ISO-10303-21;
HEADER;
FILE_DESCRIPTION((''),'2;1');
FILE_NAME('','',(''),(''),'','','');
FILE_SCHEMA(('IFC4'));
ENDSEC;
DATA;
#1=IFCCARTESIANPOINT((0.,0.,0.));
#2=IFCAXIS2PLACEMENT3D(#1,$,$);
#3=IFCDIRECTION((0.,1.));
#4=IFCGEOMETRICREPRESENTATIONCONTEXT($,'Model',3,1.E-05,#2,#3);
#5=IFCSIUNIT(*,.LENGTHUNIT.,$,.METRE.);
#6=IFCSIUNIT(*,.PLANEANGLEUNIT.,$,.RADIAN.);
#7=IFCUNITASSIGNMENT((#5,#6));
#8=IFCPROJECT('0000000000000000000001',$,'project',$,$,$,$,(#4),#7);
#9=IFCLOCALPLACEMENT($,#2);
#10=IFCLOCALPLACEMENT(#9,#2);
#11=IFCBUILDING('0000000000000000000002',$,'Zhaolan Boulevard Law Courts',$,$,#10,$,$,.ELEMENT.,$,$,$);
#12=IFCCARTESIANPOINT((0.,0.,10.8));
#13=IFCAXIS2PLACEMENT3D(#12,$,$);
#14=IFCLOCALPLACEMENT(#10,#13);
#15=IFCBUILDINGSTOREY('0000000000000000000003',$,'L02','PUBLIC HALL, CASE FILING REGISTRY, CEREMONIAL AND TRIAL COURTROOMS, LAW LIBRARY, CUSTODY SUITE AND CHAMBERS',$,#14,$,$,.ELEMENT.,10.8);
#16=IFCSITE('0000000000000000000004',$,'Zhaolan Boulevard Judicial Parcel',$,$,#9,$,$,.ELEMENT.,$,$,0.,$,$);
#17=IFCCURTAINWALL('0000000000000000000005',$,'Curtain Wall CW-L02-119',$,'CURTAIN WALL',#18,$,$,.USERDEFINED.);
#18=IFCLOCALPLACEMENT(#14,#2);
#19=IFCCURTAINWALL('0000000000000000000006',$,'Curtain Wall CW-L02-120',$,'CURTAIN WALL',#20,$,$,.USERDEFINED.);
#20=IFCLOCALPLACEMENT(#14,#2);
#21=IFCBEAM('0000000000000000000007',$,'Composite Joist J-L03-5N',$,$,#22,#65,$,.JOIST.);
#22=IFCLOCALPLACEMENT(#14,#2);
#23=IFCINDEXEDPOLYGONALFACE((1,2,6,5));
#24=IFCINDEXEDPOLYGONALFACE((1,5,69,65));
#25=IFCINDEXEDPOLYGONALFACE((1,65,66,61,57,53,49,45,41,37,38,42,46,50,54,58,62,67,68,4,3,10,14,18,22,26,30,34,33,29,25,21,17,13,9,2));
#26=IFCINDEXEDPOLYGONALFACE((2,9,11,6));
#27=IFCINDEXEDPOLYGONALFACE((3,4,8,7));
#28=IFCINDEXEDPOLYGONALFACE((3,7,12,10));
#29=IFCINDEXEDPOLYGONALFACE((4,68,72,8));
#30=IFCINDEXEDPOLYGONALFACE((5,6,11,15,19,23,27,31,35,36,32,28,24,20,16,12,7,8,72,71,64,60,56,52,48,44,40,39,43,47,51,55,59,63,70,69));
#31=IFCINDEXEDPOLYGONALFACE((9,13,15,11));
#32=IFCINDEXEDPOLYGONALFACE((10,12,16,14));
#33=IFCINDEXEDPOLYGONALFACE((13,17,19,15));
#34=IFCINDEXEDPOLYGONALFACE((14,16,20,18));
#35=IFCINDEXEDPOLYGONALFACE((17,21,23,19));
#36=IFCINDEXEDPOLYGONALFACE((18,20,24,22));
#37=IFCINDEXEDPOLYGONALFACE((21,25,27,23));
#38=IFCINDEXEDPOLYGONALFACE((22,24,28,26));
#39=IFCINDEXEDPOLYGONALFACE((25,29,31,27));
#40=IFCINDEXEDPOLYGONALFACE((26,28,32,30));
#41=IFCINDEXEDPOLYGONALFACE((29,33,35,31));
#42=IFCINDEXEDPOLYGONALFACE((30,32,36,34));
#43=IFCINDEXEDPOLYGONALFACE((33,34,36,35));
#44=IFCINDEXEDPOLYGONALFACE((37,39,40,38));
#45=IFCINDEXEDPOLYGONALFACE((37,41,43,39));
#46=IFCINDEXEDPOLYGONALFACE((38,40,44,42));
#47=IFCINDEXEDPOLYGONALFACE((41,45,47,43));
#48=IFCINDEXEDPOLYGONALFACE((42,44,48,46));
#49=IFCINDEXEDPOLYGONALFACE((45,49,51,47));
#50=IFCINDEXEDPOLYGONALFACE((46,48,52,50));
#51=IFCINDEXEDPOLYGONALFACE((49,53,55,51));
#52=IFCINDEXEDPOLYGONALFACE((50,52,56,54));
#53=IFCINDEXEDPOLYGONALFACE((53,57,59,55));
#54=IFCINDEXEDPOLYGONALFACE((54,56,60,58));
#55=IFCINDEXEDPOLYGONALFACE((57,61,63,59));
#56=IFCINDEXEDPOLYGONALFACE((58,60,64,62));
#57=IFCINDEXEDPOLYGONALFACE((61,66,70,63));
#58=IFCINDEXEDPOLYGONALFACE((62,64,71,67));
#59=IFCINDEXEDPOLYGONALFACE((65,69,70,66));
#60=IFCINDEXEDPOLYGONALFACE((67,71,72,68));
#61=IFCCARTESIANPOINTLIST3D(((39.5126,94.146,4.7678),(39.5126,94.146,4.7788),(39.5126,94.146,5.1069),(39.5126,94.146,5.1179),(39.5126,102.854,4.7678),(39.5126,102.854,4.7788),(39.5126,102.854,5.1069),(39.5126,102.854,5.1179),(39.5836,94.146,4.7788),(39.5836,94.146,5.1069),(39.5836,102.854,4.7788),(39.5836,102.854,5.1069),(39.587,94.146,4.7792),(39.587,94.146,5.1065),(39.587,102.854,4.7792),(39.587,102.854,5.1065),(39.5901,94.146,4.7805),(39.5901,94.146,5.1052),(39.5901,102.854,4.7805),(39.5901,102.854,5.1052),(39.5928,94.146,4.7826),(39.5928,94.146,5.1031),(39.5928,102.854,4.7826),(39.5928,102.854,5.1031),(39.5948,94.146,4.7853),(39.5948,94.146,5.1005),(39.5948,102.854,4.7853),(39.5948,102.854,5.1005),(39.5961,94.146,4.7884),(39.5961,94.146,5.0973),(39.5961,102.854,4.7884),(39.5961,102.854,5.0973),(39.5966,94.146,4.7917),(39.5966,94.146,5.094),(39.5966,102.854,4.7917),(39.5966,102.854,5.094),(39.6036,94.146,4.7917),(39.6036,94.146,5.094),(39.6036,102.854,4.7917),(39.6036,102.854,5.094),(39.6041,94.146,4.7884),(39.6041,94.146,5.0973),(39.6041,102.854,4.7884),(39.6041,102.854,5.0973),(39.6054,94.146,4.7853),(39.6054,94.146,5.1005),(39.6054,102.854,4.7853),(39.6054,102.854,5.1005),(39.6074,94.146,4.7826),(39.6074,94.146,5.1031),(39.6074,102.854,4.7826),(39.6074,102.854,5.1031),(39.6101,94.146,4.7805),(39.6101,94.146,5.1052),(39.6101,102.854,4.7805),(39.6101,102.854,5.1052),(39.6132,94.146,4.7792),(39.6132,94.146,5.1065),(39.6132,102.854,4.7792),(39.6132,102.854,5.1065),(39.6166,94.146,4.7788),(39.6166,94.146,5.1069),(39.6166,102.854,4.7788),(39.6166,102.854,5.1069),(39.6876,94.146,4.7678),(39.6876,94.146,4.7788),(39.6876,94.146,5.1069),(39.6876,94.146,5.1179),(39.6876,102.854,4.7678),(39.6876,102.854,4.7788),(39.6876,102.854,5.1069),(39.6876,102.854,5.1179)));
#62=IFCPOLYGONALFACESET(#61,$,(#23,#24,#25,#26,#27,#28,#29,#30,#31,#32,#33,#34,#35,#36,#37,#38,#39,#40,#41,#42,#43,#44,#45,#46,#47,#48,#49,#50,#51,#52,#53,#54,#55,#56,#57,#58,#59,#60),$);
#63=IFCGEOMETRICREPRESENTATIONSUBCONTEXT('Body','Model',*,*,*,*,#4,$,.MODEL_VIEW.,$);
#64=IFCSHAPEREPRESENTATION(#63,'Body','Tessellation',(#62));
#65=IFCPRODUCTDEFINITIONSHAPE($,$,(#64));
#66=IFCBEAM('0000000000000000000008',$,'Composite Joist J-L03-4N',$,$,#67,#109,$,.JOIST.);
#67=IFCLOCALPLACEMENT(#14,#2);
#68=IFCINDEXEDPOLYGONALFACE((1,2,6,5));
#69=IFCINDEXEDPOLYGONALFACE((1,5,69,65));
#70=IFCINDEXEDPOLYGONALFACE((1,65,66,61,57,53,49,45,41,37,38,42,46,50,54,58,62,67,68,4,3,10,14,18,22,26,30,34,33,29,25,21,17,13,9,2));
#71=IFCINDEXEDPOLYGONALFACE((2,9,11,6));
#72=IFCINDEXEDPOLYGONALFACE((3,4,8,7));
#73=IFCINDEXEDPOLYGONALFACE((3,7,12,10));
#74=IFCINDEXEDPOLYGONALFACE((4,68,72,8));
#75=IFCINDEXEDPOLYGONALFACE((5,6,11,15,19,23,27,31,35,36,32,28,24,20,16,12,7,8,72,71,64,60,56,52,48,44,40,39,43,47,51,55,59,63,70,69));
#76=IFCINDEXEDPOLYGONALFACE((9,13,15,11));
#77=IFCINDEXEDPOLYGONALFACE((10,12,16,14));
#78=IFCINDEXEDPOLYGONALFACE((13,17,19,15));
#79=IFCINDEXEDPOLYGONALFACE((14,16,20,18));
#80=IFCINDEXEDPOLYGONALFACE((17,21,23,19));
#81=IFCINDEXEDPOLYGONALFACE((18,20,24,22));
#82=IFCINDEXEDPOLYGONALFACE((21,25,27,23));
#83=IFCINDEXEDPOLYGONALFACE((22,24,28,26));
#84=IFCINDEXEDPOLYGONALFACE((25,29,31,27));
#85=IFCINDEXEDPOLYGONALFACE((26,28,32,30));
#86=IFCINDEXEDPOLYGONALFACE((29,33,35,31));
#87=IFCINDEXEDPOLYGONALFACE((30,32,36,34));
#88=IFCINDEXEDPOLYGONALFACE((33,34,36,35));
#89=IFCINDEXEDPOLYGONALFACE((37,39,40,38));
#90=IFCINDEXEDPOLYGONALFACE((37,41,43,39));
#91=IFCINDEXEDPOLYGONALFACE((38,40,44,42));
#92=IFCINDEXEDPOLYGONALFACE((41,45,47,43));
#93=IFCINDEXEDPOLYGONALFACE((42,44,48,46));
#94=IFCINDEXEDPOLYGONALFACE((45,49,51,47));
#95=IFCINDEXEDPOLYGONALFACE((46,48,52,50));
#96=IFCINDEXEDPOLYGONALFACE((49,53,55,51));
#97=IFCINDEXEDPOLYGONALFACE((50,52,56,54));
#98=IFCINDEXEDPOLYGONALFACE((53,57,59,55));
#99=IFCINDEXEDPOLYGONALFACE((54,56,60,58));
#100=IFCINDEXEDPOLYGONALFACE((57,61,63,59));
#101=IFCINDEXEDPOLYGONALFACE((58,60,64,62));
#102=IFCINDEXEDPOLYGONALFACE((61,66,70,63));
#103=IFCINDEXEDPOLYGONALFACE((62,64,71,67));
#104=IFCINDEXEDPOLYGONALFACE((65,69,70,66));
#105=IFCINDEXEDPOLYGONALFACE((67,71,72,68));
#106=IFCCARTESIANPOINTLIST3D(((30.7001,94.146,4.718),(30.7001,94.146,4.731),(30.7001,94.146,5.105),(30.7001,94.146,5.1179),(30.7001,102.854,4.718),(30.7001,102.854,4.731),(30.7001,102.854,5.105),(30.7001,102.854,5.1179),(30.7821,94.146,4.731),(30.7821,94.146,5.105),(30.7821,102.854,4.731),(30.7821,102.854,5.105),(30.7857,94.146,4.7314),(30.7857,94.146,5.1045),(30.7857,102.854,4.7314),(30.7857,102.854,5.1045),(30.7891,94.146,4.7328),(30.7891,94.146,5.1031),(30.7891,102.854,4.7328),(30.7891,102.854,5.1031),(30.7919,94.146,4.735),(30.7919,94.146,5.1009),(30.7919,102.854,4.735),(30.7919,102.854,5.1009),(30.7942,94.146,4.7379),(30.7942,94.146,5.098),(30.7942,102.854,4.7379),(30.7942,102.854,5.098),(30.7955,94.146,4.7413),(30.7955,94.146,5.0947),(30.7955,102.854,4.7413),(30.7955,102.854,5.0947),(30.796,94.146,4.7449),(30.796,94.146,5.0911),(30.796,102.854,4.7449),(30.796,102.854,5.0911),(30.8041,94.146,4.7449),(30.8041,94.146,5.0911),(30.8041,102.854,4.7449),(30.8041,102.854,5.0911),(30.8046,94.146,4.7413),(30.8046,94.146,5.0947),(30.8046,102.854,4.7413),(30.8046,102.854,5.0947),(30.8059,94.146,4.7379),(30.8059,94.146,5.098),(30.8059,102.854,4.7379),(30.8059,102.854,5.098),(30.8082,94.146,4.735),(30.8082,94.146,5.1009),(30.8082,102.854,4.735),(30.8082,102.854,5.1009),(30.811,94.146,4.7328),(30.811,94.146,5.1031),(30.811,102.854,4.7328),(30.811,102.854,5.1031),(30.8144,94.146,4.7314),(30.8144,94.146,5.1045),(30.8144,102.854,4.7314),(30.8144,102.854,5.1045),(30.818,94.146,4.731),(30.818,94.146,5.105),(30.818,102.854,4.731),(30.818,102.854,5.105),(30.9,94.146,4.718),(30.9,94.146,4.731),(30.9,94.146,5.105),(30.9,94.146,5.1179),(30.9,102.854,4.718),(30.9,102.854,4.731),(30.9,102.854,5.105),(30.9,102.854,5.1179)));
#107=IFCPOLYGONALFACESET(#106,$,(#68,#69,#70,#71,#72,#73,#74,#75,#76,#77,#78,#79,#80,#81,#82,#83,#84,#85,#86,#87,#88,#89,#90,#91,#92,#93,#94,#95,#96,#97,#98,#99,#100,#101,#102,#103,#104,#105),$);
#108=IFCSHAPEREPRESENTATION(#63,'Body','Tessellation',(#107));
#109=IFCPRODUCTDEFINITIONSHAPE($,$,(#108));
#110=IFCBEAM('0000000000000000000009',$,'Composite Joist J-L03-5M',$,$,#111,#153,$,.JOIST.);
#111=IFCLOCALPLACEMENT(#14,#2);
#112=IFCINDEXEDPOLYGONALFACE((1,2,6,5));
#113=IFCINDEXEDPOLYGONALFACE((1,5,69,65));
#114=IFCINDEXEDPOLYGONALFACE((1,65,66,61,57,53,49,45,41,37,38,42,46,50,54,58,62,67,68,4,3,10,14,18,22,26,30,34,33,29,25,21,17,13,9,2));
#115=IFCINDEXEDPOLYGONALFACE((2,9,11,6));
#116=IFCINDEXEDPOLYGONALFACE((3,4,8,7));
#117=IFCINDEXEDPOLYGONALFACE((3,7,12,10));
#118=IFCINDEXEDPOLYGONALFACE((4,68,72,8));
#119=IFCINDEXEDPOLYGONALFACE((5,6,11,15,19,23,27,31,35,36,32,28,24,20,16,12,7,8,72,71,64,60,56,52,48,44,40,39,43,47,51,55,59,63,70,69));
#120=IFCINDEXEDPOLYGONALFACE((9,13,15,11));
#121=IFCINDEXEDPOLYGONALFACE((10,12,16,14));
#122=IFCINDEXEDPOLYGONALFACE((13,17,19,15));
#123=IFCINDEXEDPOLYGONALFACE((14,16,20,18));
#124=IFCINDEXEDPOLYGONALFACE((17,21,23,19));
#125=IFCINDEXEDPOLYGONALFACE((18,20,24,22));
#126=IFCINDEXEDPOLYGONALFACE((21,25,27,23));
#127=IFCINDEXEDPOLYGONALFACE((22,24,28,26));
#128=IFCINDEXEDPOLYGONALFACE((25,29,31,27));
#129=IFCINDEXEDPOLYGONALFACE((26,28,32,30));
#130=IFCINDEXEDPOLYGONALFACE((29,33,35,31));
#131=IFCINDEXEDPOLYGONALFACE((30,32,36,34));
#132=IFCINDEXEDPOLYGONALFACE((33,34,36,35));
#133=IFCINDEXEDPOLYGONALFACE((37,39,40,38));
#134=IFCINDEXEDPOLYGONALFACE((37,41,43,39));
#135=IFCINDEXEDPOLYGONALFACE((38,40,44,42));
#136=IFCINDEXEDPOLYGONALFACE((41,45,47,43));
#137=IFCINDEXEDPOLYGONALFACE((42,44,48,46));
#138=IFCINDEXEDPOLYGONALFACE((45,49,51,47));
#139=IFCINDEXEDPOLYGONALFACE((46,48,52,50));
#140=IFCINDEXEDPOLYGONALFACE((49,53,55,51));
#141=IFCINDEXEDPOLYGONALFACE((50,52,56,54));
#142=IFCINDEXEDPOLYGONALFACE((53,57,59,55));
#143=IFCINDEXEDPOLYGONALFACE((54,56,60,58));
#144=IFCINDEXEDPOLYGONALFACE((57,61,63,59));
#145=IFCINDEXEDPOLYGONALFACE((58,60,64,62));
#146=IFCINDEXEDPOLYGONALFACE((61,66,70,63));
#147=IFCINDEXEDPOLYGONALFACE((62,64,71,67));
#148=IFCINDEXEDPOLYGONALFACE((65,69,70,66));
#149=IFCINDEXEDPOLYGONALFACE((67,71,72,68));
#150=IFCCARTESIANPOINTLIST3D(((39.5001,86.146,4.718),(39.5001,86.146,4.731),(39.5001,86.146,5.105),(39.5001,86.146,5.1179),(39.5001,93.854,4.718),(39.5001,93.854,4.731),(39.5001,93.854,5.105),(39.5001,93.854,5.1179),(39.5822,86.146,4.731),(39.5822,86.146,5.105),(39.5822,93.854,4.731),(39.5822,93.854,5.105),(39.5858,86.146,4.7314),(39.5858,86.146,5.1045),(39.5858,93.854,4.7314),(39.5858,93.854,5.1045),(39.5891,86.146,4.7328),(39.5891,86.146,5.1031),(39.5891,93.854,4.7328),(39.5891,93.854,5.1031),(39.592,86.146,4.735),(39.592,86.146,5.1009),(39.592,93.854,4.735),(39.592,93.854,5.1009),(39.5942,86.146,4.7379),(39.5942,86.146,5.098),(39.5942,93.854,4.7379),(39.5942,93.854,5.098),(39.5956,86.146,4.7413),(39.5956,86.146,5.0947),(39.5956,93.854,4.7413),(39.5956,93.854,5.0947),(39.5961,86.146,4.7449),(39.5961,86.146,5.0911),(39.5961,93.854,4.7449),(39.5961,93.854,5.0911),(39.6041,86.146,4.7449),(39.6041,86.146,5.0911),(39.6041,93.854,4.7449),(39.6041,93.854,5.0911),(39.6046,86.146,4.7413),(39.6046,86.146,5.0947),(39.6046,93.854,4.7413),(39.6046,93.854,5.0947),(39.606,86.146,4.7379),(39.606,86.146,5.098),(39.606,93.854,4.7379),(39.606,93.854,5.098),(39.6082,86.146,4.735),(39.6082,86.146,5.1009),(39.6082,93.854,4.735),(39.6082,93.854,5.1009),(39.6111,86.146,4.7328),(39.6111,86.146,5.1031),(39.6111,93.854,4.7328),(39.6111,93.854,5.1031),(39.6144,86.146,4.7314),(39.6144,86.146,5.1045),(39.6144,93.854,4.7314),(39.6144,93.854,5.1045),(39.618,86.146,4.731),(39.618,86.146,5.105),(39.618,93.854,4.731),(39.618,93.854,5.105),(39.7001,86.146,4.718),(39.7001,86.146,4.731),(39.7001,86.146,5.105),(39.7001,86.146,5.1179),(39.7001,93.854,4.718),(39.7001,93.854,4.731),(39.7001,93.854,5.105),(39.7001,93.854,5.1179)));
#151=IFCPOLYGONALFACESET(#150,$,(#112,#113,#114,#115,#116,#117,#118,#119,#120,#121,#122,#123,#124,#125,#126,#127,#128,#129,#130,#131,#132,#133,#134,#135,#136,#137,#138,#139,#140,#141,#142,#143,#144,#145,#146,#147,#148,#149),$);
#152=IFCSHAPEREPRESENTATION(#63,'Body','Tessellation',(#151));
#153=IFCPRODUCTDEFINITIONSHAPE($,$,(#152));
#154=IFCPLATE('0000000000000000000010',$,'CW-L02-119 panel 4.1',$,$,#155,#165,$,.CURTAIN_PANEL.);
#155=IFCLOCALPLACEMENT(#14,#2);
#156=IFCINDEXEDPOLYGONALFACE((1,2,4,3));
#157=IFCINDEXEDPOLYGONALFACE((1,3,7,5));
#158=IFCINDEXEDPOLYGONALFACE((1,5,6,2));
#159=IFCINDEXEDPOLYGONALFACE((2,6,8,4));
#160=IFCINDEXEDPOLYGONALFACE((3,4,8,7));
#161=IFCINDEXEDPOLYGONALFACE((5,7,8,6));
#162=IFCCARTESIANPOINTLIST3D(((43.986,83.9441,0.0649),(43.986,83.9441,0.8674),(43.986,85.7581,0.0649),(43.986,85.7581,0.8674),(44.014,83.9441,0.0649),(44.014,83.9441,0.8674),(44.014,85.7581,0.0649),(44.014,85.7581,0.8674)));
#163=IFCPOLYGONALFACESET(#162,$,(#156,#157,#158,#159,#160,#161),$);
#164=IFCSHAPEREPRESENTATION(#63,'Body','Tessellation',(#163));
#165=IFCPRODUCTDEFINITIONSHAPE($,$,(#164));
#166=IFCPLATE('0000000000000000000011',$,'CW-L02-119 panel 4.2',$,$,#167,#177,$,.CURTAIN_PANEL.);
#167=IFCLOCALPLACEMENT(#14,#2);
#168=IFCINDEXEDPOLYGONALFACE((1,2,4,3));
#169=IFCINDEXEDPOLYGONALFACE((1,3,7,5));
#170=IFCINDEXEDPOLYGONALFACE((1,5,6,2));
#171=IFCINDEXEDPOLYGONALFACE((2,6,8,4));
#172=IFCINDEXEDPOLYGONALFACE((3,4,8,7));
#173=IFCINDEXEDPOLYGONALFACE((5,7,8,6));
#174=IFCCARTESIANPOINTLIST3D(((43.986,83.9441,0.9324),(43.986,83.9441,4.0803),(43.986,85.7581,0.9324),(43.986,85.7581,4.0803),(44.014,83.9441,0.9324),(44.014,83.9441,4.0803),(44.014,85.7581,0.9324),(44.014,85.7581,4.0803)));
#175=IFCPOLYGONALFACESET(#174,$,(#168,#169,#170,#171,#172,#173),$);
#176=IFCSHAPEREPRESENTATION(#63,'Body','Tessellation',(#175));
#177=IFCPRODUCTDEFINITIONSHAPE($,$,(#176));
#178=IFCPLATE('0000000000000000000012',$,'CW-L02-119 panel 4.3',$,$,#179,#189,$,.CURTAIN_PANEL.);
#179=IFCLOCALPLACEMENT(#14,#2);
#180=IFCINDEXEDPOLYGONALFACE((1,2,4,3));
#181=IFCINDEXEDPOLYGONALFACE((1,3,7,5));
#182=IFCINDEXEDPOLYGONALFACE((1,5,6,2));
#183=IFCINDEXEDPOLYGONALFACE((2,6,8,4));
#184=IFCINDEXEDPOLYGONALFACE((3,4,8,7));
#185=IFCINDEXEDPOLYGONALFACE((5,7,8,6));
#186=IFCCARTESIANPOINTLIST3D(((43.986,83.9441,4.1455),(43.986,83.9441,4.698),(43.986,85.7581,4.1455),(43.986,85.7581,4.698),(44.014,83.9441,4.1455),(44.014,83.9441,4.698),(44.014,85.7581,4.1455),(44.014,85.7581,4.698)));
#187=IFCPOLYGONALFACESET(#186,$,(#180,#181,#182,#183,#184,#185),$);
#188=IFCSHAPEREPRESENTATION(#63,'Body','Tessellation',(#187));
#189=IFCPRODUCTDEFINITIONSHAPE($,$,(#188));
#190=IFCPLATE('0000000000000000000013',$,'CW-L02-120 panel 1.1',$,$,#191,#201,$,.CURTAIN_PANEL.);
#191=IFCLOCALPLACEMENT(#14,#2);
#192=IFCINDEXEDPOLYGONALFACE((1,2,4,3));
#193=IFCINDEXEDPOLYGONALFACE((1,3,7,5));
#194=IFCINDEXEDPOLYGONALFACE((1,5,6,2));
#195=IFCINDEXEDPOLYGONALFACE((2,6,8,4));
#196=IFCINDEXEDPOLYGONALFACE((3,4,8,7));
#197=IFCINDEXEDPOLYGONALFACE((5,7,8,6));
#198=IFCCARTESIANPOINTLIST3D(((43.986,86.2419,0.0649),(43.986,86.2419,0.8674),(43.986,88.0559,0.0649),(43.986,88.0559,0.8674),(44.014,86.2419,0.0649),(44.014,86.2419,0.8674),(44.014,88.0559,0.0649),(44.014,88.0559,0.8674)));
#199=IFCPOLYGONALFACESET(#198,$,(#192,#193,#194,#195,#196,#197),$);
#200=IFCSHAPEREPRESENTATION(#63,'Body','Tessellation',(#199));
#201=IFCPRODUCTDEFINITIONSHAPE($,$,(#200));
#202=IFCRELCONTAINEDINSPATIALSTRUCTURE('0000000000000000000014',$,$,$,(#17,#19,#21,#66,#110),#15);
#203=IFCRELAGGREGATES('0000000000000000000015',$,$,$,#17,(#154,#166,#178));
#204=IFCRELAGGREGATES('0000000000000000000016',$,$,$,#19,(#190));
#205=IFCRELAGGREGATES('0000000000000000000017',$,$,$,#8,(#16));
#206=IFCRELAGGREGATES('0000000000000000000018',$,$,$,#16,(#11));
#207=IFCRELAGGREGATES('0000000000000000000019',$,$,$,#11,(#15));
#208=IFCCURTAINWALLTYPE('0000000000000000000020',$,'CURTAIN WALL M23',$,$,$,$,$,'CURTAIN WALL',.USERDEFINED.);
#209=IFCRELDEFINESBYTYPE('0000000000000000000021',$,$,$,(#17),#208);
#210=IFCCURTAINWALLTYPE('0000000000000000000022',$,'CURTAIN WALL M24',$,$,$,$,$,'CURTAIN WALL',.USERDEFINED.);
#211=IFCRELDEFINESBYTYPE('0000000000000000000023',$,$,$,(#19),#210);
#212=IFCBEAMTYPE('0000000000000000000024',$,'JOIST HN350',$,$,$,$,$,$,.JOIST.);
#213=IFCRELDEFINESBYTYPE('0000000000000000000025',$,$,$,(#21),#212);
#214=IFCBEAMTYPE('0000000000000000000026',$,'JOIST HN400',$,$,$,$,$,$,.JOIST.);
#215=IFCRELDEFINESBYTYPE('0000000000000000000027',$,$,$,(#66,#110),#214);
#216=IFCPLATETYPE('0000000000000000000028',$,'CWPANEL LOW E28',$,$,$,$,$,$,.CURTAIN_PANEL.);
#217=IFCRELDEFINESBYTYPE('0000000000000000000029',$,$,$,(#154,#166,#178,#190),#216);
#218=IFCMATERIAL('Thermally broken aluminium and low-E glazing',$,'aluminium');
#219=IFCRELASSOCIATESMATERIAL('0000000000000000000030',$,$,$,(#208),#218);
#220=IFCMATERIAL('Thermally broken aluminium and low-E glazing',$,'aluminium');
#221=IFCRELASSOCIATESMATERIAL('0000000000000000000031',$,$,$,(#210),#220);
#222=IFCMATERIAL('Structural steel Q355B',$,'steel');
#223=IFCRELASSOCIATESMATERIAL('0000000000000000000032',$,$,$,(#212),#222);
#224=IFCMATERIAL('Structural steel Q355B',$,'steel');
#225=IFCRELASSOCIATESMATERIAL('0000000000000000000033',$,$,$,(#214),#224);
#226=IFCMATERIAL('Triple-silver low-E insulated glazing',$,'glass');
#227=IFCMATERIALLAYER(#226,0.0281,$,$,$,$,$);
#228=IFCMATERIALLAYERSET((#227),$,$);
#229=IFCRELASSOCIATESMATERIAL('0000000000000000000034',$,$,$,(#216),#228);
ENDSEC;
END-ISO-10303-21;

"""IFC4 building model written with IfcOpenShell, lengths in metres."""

from ifc_helpers import new_model, si_unit, direction, frame, origin, origin_2d, place, context, subcontext, project, spatial, rectangle, i_section, extrude, material, layer, layer_set, material_profile, profile_set, type_object, element, aggregate, save


model = new_model("IFC4")

# Units and contexts
model_context = context("Model", 3, precision=1e-05, world=origin(), true_north=direction((0.0, 1.0)))
body_context = subcontext(model_context, "Body", "Model", "MODEL_VIEW")
ifc_project = project(units=[si_unit("LENGTHUNIT", "METRE"), si_unit("PLANEANGLEUNIT", "RADIAN")], contexts=[model_context])

# Site, building, storey
site_placement = place(None, origin())
site = spatial("IfcSite", under=ifc_project, at=site_placement, Name="Zhaolan Boulevard Judicial Parcel", CompositionType="ELEMENT", RefElevation=0.0)
building_placement = place(site_placement, origin())
building = spatial("IfcBuilding", under=site, at=building_placement, Name="Zhaolan Boulevard Law Courts", CompositionType="ELEMENT")
storey_placement = place(building_placement, frame((0.0, 0.0, 10.8)))
storey = spatial("IfcBuildingStorey", under=building, at=storey_placement, Name="L02", Description="PUBLIC HALL, CASE FILING REGISTRY, CEREMONIAL AND TRIAL COURTROOMS, LAW LIBRARY, CUSTODY SUITE AND CHAMBERS", CompositionType="ELEMENT", Elevation=10.8)

# Curtain wall
ifc_material_1 = material(Name="Thermally broken aluminium and low-E glazing", Category="aluminium")
curtain_wall_type_1 = type_object("IfcCurtainWallType", Name="CURTAIN WALL M23", ElementType="CURTAIN WALL", PredefinedType="USERDEFINED", material=ifc_material_1)
curtain_wall_1_placement = place(storey_placement, origin())
curtain_wall_1 = element("IfcCurtainWall", 1, at=curtain_wall_1_placement, inside=storey, type_object=curtain_wall_type_1, Name="Curtain Wall CW-L02-119", ObjectType="CURTAIN WALL", PredefinedType="USERDEFINED")

# Curtain wall
ifc_material_2 = material(Name="Thermally broken aluminium and low-E glazing", Category="aluminium")
curtain_wall_type_2 = type_object("IfcCurtainWallType", Name="CURTAIN WALL M24", ElementType="CURTAIN WALL", PredefinedType="USERDEFINED", material=ifc_material_2)
curtain_wall_2_placement = place(storey_placement, origin())
curtain_wall_2 = element("IfcCurtainWall", 2, at=curtain_wall_2_placement, inside=storey, type_object=curtain_wall_type_2, Name="Curtain Wall CW-L02-120", ObjectType="CURTAIN WALL", PredefinedType="USERDEFINED")

# Beams
ifc_material_3 = material(Name="Structural steel Q355B", Category="steel")
ifc_material_profile_1 = material_profile(ifc_material_3, i_section(OverallWidth=0.175, OverallDepth=0.3501, WebThickness=0.0071, FlangeThickness=0.011, FilletRadius=0.0129, at=origin_2d()), Name="HN350x175")
ifc_profile_set_1 = profile_set([ifc_material_profile_1], Name="Structural steel Q355B")
beam_type_1 = type_object("IfcBeamType", Name="JOIST HN350", PredefinedType="JOIST", material=ifc_profile_set_1)
beam_1_placement = place(storey_placement, frame((39.6001, 94.146, 4.9429), z_axis=(0.0, 1.0, 0.0), x_axis=(-1.0, 0.0, 0.0)))
element("IfcBeam", 3, at=beam_1_placement, inside=storey, type_object=beam_type_1, Name="Composite Joist J-L03-5N", PredefinedType="JOIST", context=body_context, shape_type="SweptSolid", body=[
    extrude(i_section(OverallWidth=0.175, OverallDepth=0.3501, WebThickness=0.0071, FlangeThickness=0.011, FilletRadius=0.0129, at=origin_2d()), origin(), (0.0, 0.0, 1.0), 8.708),
])
ifc_material_4 = material(Name="Structural steel Q355B", Category="steel")
ifc_material_profile_2 = material_profile(ifc_material_4, i_section(OverallWidth=0.2, OverallDepth=0.3999, WebThickness=0.0081, FlangeThickness=0.0129, FilletRadius=0.0139, at=origin_2d()), Name="HN400x200")
ifc_profile_set_2 = profile_set([ifc_material_profile_2], Name="Structural steel Q355B")
beam_type_2 = type_object("IfcBeamType", Name="JOIST HN400", PredefinedType="JOIST", material=ifc_profile_set_2)
beam_2_placement = place(storey_placement, frame((30.8, 94.146, 4.918), z_axis=(0.0, 1.0, 0.0), x_axis=(-1.0, 0.0, 0.0)))
element("IfcBeam", 4, at=beam_2_placement, inside=storey, type_object=beam_type_2, Name="Composite Joist J-L03-4N", PredefinedType="JOIST", context=body_context, shape_type="SweptSolid", body=[
    extrude(i_section(OverallWidth=0.2, OverallDepth=0.3999, WebThickness=0.0081, FlangeThickness=0.0129, FilletRadius=0.0139, at=origin_2d()), origin(), (0.0, 0.0, 1.0), 8.708),
])
beam_3_placement = place(storey_placement, frame((39.6001, 86.146, 4.918), z_axis=(0.0, 1.0, 0.0), x_axis=(-1.0, 0.0, 0.0)))
element("IfcBeam", 5, at=beam_3_placement, inside=storey, type_object=beam_type_2, Name="Composite Joist J-L03-5M", PredefinedType="JOIST", context=body_context, shape_type="SweptSolid", body=[
    extrude(i_section(OverallWidth=0.2, OverallDepth=0.3999, WebThickness=0.0081, FlangeThickness=0.0129, FilletRadius=0.0139, at=origin_2d()), origin(), (0.0, 0.0, 1.0), 7.708),
])

# Plates
ifc_material_5 = material(Name="Triple-silver low-E insulated glazing", Category="glass")
ifc_layer = layer(ifc_material_5, 0.0281)
ifc_layer_set = layer_set([ifc_layer])
plate_type = type_object("IfcPlateType", Name="CWPANEL LOW E28", PredefinedType="CURTAIN_PANEL", material=ifc_layer_set)
plate_1_placement = place(storey_placement, frame((44.0, 84.8511, 0.0649), z_axis=(0.0, 0.0, 1.0), x_axis=(0.0, 1.0, 0.0)))
plate_1 = element("IfcPlate", 6, at=plate_1_placement, type_object=plate_type, Name="CW-L02-119 panel 4.1", PredefinedType="CURTAIN_PANEL", context=body_context, shape_type="SweptSolid", body=[
    extrude(rectangle(XDim=1.814, YDim=0.0281, at=origin_2d()), origin(), (0.0, 0.0, 1.0), 0.8025),
])
plate_2_placement = place(storey_placement, frame((44.0, 84.8511, 0.9324), z_axis=(0.0, 0.0, 1.0), x_axis=(0.0, 1.0, 0.0)))
plate_2 = element("IfcPlate", 7, at=plate_2_placement, type_object=plate_type, Name="CW-L02-119 panel 4.2", PredefinedType="CURTAIN_PANEL", context=body_context, shape_type="SweptSolid", body=[
    extrude(rectangle(XDim=1.814, YDim=0.0281, at=origin_2d()), origin(), (0.0, 0.0, 1.0), 3.1479),
])
plate_3_placement = place(storey_placement, frame((44.0, 84.8511, 4.1455), z_axis=(0.0, 0.0, 1.0), x_axis=(0.0, 1.0, 0.0)))
plate_3 = element("IfcPlate", 8, at=plate_3_placement, type_object=plate_type, Name="CW-L02-119 panel 4.3", PredefinedType="CURTAIN_PANEL", context=body_context, shape_type="SweptSolid", body=[
    extrude(rectangle(XDim=1.814, YDim=0.0281, at=origin_2d()), origin(), (0.0, 0.0, 1.0), 0.5525),
])
aggregate(curtain_wall_1, [plate_1, plate_2, plate_3])
plate_4_placement = place(storey_placement, frame((44.0, 87.1489, 0.0649), z_axis=(0.0, 0.0, 1.0), x_axis=(0.0, 1.0, 0.0)))
plate_4 = element("IfcPlate", 9, at=plate_4_placement, type_object=plate_type, Name="CW-L02-120 panel 1.1", PredefinedType="CURTAIN_PANEL", context=body_context, shape_type="SweptSolid", body=[
    extrude(rectangle(XDim=1.814, YDim=0.0281, at=origin_2d()), origin(), (0.0, 0.0, 1.0), 0.8025),
])
aggregate(curtain_wall_2, [plate_4])

save(model, "model.ifc")
